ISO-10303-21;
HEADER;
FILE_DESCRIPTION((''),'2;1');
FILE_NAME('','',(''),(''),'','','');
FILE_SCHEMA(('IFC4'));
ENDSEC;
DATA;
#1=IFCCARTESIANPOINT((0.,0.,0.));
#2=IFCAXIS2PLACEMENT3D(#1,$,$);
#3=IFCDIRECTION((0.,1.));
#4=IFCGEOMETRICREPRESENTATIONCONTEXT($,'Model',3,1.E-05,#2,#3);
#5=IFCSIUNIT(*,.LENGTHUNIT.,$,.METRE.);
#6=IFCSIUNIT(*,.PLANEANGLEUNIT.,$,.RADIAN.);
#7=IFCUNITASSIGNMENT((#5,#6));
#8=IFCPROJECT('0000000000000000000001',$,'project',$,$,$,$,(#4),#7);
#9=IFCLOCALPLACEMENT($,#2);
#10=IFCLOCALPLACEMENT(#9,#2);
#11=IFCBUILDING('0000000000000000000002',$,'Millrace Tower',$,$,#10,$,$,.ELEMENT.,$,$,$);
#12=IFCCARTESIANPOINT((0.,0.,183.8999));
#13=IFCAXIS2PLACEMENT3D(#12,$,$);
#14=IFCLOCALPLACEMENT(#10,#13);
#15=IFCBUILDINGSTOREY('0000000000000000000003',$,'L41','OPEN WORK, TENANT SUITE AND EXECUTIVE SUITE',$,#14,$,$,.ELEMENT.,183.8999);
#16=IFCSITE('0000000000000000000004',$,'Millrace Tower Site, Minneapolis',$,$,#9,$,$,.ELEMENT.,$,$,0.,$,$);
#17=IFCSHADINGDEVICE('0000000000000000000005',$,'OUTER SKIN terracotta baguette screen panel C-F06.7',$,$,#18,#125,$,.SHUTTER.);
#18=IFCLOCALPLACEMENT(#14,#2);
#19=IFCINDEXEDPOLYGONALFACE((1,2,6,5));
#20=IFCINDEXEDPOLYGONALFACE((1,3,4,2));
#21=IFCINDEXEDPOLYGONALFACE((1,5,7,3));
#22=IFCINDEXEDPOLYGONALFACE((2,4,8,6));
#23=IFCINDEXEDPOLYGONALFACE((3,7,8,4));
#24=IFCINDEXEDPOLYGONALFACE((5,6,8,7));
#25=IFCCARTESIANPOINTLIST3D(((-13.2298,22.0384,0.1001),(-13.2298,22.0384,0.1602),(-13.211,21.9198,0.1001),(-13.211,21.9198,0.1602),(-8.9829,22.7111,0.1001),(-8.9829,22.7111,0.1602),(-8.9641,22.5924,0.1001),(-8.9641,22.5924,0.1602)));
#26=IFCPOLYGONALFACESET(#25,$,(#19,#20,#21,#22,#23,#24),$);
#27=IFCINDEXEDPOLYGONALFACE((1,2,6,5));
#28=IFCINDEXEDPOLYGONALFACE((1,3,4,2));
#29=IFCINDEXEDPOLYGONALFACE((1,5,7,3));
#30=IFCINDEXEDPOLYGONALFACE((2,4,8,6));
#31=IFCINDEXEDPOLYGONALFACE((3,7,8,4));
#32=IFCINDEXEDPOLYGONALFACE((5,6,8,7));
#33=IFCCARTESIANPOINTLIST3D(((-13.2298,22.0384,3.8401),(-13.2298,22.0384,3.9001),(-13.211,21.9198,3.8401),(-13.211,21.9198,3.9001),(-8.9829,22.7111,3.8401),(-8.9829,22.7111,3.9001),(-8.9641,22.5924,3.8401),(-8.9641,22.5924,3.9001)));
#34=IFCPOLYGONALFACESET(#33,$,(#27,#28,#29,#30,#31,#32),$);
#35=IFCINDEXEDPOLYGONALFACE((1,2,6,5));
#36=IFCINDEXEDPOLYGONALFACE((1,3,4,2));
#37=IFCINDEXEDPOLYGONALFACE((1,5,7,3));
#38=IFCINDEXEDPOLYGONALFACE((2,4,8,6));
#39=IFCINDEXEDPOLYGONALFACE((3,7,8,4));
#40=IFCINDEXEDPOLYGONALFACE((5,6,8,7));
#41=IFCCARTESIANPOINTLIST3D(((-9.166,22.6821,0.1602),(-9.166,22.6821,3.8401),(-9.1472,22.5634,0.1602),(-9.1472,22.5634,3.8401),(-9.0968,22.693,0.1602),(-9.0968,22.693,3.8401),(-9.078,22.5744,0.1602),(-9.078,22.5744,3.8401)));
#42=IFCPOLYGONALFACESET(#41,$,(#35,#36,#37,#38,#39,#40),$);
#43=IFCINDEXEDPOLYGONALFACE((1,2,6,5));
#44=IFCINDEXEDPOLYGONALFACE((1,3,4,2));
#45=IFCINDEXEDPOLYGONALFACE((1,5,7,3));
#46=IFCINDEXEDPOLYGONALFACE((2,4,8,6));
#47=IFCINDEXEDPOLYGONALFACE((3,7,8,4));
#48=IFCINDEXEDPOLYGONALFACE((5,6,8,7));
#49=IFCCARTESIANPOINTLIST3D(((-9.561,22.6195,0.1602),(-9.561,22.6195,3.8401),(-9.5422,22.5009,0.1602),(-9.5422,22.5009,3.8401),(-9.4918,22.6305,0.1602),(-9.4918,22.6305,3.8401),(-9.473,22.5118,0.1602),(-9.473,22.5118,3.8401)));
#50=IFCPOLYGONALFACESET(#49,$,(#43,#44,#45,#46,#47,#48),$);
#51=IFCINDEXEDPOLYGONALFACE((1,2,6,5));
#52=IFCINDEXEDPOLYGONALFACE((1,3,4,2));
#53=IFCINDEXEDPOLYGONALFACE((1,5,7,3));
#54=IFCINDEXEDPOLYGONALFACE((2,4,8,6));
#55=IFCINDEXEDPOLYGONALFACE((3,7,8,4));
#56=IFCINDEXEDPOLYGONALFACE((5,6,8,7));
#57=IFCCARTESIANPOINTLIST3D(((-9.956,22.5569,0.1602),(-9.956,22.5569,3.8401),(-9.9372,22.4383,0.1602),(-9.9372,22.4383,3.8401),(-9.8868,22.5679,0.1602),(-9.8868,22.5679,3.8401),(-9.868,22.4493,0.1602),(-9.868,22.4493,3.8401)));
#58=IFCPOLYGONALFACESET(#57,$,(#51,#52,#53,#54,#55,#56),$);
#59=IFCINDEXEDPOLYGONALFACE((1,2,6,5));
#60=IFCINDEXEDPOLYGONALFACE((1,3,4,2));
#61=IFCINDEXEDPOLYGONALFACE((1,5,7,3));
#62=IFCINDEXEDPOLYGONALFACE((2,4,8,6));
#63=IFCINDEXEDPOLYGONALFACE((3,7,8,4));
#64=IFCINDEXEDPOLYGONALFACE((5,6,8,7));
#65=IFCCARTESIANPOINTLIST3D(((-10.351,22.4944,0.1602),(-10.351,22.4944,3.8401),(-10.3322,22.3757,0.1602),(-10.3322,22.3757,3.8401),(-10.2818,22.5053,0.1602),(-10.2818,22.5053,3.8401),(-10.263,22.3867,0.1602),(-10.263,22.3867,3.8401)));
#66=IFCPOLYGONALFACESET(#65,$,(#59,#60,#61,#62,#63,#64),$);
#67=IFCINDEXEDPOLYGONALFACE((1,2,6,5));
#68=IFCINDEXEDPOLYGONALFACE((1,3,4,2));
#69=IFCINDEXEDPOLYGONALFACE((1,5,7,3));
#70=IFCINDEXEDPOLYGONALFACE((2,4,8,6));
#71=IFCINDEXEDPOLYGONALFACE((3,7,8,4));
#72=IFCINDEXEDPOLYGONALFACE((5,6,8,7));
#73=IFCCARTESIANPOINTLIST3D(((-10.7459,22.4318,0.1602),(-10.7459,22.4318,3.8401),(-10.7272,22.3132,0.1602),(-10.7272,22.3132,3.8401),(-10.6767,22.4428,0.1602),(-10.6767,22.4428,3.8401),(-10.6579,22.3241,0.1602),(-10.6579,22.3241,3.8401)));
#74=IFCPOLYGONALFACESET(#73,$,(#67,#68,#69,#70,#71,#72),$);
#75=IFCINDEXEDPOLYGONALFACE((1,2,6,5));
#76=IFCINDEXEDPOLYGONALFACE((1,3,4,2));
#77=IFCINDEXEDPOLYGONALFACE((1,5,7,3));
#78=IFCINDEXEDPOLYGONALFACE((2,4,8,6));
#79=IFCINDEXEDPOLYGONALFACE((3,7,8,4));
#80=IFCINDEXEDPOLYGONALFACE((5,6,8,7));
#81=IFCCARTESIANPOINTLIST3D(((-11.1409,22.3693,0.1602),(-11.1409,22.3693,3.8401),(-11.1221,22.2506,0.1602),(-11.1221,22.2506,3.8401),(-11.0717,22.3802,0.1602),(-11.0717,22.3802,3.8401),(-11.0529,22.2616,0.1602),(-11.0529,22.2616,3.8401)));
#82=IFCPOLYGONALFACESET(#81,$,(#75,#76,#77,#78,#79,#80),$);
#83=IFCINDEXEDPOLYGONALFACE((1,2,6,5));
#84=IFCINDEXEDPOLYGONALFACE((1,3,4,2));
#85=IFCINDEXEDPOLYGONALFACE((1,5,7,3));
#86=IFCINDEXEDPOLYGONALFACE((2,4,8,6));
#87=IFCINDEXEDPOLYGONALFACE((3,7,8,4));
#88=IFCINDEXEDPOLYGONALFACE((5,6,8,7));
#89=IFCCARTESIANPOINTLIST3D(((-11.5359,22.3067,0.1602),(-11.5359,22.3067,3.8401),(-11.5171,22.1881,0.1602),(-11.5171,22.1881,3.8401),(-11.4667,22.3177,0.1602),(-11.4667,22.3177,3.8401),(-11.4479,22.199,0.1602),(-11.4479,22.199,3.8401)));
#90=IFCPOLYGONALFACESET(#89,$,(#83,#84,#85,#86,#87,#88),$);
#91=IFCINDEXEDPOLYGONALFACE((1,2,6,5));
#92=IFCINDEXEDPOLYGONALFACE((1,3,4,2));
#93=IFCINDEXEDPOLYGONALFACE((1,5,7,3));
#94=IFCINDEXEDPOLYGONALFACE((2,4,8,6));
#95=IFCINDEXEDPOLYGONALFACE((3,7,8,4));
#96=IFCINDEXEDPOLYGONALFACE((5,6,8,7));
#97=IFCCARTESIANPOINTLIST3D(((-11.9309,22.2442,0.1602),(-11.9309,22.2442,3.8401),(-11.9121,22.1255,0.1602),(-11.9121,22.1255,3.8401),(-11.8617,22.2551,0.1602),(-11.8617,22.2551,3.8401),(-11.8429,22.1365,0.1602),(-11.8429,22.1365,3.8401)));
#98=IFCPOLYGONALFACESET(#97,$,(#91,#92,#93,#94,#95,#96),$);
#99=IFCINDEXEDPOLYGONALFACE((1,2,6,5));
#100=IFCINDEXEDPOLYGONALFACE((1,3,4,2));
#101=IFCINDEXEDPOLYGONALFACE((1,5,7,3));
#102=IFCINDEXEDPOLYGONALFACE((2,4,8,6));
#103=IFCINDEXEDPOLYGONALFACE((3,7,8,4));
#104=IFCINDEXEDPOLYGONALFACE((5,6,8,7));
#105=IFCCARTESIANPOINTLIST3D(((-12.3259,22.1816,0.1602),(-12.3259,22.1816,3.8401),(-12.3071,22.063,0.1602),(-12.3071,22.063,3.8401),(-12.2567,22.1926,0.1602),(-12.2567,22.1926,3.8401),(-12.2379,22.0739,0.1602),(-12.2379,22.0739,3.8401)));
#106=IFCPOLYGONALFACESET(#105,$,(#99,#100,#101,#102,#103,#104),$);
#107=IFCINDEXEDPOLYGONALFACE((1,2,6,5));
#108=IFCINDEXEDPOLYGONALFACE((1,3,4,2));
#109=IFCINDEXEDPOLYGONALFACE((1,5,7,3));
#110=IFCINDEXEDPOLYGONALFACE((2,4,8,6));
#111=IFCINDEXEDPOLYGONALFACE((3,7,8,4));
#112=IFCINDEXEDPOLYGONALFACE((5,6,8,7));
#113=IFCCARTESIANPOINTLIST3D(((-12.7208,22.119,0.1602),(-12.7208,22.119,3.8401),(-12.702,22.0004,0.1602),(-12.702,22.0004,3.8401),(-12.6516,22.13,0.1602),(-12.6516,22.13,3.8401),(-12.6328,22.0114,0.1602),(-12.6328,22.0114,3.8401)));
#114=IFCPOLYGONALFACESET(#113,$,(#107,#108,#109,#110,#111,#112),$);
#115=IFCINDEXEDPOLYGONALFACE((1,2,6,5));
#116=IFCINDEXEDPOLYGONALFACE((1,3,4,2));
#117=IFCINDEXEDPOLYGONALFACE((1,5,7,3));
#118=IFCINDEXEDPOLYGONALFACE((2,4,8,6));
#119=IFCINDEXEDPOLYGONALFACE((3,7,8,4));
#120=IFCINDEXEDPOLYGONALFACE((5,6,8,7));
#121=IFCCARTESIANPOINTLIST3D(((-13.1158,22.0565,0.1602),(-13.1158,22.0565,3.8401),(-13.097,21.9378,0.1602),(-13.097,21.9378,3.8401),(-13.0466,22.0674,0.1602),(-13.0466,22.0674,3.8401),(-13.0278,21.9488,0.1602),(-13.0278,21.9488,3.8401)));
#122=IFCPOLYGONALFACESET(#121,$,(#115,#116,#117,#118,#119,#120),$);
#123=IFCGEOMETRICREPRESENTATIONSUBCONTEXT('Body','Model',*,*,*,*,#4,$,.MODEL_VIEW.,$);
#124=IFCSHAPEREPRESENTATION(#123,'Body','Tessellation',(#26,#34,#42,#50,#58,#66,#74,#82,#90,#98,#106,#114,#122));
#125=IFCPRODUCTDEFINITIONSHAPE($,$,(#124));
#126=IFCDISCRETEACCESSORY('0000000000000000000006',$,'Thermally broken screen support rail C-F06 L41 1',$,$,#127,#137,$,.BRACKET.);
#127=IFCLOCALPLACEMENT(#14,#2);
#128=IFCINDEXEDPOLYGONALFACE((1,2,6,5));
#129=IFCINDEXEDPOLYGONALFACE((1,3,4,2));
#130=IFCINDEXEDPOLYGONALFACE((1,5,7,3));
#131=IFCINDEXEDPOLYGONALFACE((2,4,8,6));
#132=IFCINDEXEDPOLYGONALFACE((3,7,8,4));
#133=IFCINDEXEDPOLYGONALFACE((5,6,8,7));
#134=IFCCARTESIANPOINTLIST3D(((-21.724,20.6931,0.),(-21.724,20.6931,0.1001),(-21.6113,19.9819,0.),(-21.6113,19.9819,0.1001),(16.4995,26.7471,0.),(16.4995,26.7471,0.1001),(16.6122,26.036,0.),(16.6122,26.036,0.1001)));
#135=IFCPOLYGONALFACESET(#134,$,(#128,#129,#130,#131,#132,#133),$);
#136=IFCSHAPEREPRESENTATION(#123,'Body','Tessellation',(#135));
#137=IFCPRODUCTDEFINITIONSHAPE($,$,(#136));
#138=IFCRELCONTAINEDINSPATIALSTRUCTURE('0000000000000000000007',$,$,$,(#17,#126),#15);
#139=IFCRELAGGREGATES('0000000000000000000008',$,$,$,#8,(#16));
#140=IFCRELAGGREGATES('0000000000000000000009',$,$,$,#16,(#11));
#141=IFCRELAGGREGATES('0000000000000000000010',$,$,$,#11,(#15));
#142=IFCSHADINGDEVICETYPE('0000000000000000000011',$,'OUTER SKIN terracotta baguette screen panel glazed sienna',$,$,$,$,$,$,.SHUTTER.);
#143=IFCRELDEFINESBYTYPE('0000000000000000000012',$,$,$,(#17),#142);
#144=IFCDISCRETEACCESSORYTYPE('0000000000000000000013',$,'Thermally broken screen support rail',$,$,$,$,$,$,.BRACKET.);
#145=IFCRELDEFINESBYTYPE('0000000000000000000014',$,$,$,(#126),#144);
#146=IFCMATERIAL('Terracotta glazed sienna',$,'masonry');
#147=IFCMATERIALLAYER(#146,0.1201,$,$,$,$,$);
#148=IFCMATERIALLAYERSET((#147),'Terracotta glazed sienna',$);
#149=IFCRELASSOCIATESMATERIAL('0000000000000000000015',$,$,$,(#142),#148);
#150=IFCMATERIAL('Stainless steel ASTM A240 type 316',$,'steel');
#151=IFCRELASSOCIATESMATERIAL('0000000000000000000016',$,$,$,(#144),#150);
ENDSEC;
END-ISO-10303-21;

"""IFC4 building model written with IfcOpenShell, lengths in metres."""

from ifc_helpers import new_model, entity, si_unit, direction, frame, frame_2d, origin, origin_2d, place, context, subcontext, project, spatial, rectangle, extrude, source, transform, mapped, material, layer, layer_set, type_object, element, save


model = new_model("IFC4")

# Units and contexts
model_context = context("Model", 3, precision=1e-05, world=origin(), true_north=direction((0.0, 1.0)))
body_context = subcontext(model_context, "Body", "Model", "MODEL_VIEW")
ifc_project = project(units=[si_unit("LENGTHUNIT", "METRE"), si_unit("PLANEANGLEUNIT", "RADIAN")], contexts=[model_context])

# Site, building, storey
site_placement = place(None, origin())
site = spatial("IfcSite", under=ifc_project, at=site_placement, Name="Millrace Tower Site, Minneapolis", CompositionType="ELEMENT", RefElevation=0.0)
building_placement = place(site_placement, origin())
building = spatial("IfcBuilding", under=site, at=building_placement, Name="Millrace Tower", CompositionType="ELEMENT")
storey_placement = place(building_placement, frame((0.0, 0.0, 183.8999)))
storey = spatial("IfcBuildingStorey", under=building, at=storey_placement, Name="L41", Description="OPEN WORK, TENANT SUITE AND EXECUTIVE SUITE", CompositionType="ELEMENT", Elevation=183.8999)

# Shading device
ifc_material_1 = material(Name="Terracotta glazed sienna", Category="masonry")
ifc_layer_1 = layer(ifc_material_1, 0.1201)
ifc_layer_set_1 = layer_set([ifc_layer_1], Name="Terracotta glazed sienna")
shading_device_type = type_object("IfcShadingDeviceType", Name="OUTER SKIN terracotta baguette screen panel glazed sienna", PredefinedType="SHUTTER", material=ifc_layer_set_1)
cartesian_point = entity("IfcCartesianPoint", [-2.1499, 0.0601])
shared_polyline = entity("IfcPolyline", [cartesian_point, entity("IfcCartesianPoint", [2.1499, 0.0601]), entity("IfcCartesianPoint", [2.1499, -0.0601]), entity("IfcCartesianPoint", [-2.1499, -0.0601]), cartesian_point])
shared_shape = source(origin(), body_context, "Body", "SweptSolid", [
    entity("IfcExtrudedAreaSolid", entity("IfcArbitraryClosedProfileDef", "AREA", None, shared_polyline), entity("IfcAxis2Placement3D", entity("IfcCartesianPoint", [0.0, 0.0, 0.0])), entity("IfcDirection", [0.0, 0.0, 1.0]), 0.0601),
    entity("IfcExtrudedAreaSolid", entity("IfcArbitraryClosedProfileDef", "AREA", None, shared_polyline), entity("IfcAxis2Placement3D", entity("IfcCartesianPoint", [0.0, 0.0, 3.74])), entity("IfcDirection", [0.0, 0.0, 1.0]), 0.0601),
    extrude(rectangle(XDim=0.0701, YDim=0.1201, at=frame_2d((-1.9995, 0.0))), frame((0.0, 0.0, 0.0601)), (0.0, 0.0, 1.0), 3.6799),
    extrude(rectangle(XDim=0.0701, YDim=0.1201, at=frame_2d((-1.5996, 0.0))), frame((0.0, 0.0, 0.0601)), (0.0, 0.0, 1.0), 3.6799),
    extrude(rectangle(XDim=0.0701, YDim=0.1201, at=frame_2d((-1.1997, 0.0))), frame((0.0, 0.0, 0.0601)), (0.0, 0.0, 1.0), 3.6799),
    extrude(rectangle(XDim=0.0701, YDim=0.1201, at=frame_2d((-0.7998, 0.0))), frame((0.0, 0.0, 0.0601)), (0.0, 0.0, 1.0), 3.6799),
    extrude(rectangle(XDim=0.0701, YDim=0.1201, at=frame_2d((-0.3999, 0.0))), frame((0.0, 0.0, 0.0601)), (0.0, 0.0, 1.0), 3.6799),
    extrude(rectangle(XDim=0.0701, YDim=0.1201, at=origin_2d()), frame((0.0, 0.0, 0.0601)), (0.0, 0.0, 1.0), 3.6799),
    extrude(rectangle(XDim=0.0701, YDim=0.1201, at=frame_2d((0.3999, 0.0))), frame((0.0, 0.0, 0.0601)), (0.0, 0.0, 1.0), 3.6799),
    extrude(rectangle(XDim=0.0701, YDim=0.1201, at=frame_2d((0.7998, 0.0))), frame((0.0, 0.0, 0.0601)), (0.0, 0.0, 1.0), 3.6799),
    extrude(rectangle(XDim=0.0701, YDim=0.1201, at=frame_2d((1.1997, 0.0))), frame((0.0, 0.0, 0.0601)), (0.0, 0.0, 1.0), 3.6799),
    extrude(rectangle(XDim=0.0701, YDim=0.1201, at=frame_2d((1.5996, 0.0))), frame((0.0, 0.0, 0.0601)), (0.0, 0.0, 1.0), 3.6799),
    extrude(rectangle(XDim=0.0701, YDim=0.1201, at=frame_2d((1.9995, 0.0))), frame((0.0, 0.0, 0.0601)), (0.0, 0.0, 1.0), 3.6799),
])
for number, where, z_axis, x_axis, name in (
    (1, (-11.0969, 22.3154, 0.1001), (0.0, 0.0, 1.0), (-0.987688, -0.156434, 0.0), "OUTER SKIN terracotta baguette screen panel C-F06.7"),
):
    element("IfcShadingDevice", number, at=place(storey_placement, frame(where, z_axis=z_axis, x_axis=x_axis)), inside=storey, type_object=shading_device_type, Name=name, PredefinedType="SHUTTER", context=body_context, shape_type="MappedRepresentation", body=[
        mapped(shared_shape, transform((0.0, 0.0, 0.0), scale=1.0)),
    ])

# Discrete accessory
ifc_material_2 = material(Name="Stainless steel ASTM A240 type 316", Category="steel")
discrete_accessory_type = type_object("IfcDiscreteAccessoryType", Name="Thermally broken screen support rail", PredefinedType="BRACKET", material=ifc_material_2)
discrete_accessory_placement = place(storey_placement, frame((-2.5559, 23.3645, 0.0), z_axis=(0.0, 0.0, 1.0), x_axis=(-0.987688, -0.156434, 0.0)))
element("IfcDiscreteAccessory", 2, at=discrete_accessory_placement, inside=storey, type_object=discrete_accessory_type, Name="Thermally broken screen support rail C-F06 L41 1", PredefinedType="BRACKET", context=body_context, shape_type="SweptSolid", body=[
    extrude(rectangle(XDim=38.7, YDim=0.72, at=origin_2d()), origin(), (0.0, 0.0, 1.0), 0.1001),
])

save(model, "model.ifc")
